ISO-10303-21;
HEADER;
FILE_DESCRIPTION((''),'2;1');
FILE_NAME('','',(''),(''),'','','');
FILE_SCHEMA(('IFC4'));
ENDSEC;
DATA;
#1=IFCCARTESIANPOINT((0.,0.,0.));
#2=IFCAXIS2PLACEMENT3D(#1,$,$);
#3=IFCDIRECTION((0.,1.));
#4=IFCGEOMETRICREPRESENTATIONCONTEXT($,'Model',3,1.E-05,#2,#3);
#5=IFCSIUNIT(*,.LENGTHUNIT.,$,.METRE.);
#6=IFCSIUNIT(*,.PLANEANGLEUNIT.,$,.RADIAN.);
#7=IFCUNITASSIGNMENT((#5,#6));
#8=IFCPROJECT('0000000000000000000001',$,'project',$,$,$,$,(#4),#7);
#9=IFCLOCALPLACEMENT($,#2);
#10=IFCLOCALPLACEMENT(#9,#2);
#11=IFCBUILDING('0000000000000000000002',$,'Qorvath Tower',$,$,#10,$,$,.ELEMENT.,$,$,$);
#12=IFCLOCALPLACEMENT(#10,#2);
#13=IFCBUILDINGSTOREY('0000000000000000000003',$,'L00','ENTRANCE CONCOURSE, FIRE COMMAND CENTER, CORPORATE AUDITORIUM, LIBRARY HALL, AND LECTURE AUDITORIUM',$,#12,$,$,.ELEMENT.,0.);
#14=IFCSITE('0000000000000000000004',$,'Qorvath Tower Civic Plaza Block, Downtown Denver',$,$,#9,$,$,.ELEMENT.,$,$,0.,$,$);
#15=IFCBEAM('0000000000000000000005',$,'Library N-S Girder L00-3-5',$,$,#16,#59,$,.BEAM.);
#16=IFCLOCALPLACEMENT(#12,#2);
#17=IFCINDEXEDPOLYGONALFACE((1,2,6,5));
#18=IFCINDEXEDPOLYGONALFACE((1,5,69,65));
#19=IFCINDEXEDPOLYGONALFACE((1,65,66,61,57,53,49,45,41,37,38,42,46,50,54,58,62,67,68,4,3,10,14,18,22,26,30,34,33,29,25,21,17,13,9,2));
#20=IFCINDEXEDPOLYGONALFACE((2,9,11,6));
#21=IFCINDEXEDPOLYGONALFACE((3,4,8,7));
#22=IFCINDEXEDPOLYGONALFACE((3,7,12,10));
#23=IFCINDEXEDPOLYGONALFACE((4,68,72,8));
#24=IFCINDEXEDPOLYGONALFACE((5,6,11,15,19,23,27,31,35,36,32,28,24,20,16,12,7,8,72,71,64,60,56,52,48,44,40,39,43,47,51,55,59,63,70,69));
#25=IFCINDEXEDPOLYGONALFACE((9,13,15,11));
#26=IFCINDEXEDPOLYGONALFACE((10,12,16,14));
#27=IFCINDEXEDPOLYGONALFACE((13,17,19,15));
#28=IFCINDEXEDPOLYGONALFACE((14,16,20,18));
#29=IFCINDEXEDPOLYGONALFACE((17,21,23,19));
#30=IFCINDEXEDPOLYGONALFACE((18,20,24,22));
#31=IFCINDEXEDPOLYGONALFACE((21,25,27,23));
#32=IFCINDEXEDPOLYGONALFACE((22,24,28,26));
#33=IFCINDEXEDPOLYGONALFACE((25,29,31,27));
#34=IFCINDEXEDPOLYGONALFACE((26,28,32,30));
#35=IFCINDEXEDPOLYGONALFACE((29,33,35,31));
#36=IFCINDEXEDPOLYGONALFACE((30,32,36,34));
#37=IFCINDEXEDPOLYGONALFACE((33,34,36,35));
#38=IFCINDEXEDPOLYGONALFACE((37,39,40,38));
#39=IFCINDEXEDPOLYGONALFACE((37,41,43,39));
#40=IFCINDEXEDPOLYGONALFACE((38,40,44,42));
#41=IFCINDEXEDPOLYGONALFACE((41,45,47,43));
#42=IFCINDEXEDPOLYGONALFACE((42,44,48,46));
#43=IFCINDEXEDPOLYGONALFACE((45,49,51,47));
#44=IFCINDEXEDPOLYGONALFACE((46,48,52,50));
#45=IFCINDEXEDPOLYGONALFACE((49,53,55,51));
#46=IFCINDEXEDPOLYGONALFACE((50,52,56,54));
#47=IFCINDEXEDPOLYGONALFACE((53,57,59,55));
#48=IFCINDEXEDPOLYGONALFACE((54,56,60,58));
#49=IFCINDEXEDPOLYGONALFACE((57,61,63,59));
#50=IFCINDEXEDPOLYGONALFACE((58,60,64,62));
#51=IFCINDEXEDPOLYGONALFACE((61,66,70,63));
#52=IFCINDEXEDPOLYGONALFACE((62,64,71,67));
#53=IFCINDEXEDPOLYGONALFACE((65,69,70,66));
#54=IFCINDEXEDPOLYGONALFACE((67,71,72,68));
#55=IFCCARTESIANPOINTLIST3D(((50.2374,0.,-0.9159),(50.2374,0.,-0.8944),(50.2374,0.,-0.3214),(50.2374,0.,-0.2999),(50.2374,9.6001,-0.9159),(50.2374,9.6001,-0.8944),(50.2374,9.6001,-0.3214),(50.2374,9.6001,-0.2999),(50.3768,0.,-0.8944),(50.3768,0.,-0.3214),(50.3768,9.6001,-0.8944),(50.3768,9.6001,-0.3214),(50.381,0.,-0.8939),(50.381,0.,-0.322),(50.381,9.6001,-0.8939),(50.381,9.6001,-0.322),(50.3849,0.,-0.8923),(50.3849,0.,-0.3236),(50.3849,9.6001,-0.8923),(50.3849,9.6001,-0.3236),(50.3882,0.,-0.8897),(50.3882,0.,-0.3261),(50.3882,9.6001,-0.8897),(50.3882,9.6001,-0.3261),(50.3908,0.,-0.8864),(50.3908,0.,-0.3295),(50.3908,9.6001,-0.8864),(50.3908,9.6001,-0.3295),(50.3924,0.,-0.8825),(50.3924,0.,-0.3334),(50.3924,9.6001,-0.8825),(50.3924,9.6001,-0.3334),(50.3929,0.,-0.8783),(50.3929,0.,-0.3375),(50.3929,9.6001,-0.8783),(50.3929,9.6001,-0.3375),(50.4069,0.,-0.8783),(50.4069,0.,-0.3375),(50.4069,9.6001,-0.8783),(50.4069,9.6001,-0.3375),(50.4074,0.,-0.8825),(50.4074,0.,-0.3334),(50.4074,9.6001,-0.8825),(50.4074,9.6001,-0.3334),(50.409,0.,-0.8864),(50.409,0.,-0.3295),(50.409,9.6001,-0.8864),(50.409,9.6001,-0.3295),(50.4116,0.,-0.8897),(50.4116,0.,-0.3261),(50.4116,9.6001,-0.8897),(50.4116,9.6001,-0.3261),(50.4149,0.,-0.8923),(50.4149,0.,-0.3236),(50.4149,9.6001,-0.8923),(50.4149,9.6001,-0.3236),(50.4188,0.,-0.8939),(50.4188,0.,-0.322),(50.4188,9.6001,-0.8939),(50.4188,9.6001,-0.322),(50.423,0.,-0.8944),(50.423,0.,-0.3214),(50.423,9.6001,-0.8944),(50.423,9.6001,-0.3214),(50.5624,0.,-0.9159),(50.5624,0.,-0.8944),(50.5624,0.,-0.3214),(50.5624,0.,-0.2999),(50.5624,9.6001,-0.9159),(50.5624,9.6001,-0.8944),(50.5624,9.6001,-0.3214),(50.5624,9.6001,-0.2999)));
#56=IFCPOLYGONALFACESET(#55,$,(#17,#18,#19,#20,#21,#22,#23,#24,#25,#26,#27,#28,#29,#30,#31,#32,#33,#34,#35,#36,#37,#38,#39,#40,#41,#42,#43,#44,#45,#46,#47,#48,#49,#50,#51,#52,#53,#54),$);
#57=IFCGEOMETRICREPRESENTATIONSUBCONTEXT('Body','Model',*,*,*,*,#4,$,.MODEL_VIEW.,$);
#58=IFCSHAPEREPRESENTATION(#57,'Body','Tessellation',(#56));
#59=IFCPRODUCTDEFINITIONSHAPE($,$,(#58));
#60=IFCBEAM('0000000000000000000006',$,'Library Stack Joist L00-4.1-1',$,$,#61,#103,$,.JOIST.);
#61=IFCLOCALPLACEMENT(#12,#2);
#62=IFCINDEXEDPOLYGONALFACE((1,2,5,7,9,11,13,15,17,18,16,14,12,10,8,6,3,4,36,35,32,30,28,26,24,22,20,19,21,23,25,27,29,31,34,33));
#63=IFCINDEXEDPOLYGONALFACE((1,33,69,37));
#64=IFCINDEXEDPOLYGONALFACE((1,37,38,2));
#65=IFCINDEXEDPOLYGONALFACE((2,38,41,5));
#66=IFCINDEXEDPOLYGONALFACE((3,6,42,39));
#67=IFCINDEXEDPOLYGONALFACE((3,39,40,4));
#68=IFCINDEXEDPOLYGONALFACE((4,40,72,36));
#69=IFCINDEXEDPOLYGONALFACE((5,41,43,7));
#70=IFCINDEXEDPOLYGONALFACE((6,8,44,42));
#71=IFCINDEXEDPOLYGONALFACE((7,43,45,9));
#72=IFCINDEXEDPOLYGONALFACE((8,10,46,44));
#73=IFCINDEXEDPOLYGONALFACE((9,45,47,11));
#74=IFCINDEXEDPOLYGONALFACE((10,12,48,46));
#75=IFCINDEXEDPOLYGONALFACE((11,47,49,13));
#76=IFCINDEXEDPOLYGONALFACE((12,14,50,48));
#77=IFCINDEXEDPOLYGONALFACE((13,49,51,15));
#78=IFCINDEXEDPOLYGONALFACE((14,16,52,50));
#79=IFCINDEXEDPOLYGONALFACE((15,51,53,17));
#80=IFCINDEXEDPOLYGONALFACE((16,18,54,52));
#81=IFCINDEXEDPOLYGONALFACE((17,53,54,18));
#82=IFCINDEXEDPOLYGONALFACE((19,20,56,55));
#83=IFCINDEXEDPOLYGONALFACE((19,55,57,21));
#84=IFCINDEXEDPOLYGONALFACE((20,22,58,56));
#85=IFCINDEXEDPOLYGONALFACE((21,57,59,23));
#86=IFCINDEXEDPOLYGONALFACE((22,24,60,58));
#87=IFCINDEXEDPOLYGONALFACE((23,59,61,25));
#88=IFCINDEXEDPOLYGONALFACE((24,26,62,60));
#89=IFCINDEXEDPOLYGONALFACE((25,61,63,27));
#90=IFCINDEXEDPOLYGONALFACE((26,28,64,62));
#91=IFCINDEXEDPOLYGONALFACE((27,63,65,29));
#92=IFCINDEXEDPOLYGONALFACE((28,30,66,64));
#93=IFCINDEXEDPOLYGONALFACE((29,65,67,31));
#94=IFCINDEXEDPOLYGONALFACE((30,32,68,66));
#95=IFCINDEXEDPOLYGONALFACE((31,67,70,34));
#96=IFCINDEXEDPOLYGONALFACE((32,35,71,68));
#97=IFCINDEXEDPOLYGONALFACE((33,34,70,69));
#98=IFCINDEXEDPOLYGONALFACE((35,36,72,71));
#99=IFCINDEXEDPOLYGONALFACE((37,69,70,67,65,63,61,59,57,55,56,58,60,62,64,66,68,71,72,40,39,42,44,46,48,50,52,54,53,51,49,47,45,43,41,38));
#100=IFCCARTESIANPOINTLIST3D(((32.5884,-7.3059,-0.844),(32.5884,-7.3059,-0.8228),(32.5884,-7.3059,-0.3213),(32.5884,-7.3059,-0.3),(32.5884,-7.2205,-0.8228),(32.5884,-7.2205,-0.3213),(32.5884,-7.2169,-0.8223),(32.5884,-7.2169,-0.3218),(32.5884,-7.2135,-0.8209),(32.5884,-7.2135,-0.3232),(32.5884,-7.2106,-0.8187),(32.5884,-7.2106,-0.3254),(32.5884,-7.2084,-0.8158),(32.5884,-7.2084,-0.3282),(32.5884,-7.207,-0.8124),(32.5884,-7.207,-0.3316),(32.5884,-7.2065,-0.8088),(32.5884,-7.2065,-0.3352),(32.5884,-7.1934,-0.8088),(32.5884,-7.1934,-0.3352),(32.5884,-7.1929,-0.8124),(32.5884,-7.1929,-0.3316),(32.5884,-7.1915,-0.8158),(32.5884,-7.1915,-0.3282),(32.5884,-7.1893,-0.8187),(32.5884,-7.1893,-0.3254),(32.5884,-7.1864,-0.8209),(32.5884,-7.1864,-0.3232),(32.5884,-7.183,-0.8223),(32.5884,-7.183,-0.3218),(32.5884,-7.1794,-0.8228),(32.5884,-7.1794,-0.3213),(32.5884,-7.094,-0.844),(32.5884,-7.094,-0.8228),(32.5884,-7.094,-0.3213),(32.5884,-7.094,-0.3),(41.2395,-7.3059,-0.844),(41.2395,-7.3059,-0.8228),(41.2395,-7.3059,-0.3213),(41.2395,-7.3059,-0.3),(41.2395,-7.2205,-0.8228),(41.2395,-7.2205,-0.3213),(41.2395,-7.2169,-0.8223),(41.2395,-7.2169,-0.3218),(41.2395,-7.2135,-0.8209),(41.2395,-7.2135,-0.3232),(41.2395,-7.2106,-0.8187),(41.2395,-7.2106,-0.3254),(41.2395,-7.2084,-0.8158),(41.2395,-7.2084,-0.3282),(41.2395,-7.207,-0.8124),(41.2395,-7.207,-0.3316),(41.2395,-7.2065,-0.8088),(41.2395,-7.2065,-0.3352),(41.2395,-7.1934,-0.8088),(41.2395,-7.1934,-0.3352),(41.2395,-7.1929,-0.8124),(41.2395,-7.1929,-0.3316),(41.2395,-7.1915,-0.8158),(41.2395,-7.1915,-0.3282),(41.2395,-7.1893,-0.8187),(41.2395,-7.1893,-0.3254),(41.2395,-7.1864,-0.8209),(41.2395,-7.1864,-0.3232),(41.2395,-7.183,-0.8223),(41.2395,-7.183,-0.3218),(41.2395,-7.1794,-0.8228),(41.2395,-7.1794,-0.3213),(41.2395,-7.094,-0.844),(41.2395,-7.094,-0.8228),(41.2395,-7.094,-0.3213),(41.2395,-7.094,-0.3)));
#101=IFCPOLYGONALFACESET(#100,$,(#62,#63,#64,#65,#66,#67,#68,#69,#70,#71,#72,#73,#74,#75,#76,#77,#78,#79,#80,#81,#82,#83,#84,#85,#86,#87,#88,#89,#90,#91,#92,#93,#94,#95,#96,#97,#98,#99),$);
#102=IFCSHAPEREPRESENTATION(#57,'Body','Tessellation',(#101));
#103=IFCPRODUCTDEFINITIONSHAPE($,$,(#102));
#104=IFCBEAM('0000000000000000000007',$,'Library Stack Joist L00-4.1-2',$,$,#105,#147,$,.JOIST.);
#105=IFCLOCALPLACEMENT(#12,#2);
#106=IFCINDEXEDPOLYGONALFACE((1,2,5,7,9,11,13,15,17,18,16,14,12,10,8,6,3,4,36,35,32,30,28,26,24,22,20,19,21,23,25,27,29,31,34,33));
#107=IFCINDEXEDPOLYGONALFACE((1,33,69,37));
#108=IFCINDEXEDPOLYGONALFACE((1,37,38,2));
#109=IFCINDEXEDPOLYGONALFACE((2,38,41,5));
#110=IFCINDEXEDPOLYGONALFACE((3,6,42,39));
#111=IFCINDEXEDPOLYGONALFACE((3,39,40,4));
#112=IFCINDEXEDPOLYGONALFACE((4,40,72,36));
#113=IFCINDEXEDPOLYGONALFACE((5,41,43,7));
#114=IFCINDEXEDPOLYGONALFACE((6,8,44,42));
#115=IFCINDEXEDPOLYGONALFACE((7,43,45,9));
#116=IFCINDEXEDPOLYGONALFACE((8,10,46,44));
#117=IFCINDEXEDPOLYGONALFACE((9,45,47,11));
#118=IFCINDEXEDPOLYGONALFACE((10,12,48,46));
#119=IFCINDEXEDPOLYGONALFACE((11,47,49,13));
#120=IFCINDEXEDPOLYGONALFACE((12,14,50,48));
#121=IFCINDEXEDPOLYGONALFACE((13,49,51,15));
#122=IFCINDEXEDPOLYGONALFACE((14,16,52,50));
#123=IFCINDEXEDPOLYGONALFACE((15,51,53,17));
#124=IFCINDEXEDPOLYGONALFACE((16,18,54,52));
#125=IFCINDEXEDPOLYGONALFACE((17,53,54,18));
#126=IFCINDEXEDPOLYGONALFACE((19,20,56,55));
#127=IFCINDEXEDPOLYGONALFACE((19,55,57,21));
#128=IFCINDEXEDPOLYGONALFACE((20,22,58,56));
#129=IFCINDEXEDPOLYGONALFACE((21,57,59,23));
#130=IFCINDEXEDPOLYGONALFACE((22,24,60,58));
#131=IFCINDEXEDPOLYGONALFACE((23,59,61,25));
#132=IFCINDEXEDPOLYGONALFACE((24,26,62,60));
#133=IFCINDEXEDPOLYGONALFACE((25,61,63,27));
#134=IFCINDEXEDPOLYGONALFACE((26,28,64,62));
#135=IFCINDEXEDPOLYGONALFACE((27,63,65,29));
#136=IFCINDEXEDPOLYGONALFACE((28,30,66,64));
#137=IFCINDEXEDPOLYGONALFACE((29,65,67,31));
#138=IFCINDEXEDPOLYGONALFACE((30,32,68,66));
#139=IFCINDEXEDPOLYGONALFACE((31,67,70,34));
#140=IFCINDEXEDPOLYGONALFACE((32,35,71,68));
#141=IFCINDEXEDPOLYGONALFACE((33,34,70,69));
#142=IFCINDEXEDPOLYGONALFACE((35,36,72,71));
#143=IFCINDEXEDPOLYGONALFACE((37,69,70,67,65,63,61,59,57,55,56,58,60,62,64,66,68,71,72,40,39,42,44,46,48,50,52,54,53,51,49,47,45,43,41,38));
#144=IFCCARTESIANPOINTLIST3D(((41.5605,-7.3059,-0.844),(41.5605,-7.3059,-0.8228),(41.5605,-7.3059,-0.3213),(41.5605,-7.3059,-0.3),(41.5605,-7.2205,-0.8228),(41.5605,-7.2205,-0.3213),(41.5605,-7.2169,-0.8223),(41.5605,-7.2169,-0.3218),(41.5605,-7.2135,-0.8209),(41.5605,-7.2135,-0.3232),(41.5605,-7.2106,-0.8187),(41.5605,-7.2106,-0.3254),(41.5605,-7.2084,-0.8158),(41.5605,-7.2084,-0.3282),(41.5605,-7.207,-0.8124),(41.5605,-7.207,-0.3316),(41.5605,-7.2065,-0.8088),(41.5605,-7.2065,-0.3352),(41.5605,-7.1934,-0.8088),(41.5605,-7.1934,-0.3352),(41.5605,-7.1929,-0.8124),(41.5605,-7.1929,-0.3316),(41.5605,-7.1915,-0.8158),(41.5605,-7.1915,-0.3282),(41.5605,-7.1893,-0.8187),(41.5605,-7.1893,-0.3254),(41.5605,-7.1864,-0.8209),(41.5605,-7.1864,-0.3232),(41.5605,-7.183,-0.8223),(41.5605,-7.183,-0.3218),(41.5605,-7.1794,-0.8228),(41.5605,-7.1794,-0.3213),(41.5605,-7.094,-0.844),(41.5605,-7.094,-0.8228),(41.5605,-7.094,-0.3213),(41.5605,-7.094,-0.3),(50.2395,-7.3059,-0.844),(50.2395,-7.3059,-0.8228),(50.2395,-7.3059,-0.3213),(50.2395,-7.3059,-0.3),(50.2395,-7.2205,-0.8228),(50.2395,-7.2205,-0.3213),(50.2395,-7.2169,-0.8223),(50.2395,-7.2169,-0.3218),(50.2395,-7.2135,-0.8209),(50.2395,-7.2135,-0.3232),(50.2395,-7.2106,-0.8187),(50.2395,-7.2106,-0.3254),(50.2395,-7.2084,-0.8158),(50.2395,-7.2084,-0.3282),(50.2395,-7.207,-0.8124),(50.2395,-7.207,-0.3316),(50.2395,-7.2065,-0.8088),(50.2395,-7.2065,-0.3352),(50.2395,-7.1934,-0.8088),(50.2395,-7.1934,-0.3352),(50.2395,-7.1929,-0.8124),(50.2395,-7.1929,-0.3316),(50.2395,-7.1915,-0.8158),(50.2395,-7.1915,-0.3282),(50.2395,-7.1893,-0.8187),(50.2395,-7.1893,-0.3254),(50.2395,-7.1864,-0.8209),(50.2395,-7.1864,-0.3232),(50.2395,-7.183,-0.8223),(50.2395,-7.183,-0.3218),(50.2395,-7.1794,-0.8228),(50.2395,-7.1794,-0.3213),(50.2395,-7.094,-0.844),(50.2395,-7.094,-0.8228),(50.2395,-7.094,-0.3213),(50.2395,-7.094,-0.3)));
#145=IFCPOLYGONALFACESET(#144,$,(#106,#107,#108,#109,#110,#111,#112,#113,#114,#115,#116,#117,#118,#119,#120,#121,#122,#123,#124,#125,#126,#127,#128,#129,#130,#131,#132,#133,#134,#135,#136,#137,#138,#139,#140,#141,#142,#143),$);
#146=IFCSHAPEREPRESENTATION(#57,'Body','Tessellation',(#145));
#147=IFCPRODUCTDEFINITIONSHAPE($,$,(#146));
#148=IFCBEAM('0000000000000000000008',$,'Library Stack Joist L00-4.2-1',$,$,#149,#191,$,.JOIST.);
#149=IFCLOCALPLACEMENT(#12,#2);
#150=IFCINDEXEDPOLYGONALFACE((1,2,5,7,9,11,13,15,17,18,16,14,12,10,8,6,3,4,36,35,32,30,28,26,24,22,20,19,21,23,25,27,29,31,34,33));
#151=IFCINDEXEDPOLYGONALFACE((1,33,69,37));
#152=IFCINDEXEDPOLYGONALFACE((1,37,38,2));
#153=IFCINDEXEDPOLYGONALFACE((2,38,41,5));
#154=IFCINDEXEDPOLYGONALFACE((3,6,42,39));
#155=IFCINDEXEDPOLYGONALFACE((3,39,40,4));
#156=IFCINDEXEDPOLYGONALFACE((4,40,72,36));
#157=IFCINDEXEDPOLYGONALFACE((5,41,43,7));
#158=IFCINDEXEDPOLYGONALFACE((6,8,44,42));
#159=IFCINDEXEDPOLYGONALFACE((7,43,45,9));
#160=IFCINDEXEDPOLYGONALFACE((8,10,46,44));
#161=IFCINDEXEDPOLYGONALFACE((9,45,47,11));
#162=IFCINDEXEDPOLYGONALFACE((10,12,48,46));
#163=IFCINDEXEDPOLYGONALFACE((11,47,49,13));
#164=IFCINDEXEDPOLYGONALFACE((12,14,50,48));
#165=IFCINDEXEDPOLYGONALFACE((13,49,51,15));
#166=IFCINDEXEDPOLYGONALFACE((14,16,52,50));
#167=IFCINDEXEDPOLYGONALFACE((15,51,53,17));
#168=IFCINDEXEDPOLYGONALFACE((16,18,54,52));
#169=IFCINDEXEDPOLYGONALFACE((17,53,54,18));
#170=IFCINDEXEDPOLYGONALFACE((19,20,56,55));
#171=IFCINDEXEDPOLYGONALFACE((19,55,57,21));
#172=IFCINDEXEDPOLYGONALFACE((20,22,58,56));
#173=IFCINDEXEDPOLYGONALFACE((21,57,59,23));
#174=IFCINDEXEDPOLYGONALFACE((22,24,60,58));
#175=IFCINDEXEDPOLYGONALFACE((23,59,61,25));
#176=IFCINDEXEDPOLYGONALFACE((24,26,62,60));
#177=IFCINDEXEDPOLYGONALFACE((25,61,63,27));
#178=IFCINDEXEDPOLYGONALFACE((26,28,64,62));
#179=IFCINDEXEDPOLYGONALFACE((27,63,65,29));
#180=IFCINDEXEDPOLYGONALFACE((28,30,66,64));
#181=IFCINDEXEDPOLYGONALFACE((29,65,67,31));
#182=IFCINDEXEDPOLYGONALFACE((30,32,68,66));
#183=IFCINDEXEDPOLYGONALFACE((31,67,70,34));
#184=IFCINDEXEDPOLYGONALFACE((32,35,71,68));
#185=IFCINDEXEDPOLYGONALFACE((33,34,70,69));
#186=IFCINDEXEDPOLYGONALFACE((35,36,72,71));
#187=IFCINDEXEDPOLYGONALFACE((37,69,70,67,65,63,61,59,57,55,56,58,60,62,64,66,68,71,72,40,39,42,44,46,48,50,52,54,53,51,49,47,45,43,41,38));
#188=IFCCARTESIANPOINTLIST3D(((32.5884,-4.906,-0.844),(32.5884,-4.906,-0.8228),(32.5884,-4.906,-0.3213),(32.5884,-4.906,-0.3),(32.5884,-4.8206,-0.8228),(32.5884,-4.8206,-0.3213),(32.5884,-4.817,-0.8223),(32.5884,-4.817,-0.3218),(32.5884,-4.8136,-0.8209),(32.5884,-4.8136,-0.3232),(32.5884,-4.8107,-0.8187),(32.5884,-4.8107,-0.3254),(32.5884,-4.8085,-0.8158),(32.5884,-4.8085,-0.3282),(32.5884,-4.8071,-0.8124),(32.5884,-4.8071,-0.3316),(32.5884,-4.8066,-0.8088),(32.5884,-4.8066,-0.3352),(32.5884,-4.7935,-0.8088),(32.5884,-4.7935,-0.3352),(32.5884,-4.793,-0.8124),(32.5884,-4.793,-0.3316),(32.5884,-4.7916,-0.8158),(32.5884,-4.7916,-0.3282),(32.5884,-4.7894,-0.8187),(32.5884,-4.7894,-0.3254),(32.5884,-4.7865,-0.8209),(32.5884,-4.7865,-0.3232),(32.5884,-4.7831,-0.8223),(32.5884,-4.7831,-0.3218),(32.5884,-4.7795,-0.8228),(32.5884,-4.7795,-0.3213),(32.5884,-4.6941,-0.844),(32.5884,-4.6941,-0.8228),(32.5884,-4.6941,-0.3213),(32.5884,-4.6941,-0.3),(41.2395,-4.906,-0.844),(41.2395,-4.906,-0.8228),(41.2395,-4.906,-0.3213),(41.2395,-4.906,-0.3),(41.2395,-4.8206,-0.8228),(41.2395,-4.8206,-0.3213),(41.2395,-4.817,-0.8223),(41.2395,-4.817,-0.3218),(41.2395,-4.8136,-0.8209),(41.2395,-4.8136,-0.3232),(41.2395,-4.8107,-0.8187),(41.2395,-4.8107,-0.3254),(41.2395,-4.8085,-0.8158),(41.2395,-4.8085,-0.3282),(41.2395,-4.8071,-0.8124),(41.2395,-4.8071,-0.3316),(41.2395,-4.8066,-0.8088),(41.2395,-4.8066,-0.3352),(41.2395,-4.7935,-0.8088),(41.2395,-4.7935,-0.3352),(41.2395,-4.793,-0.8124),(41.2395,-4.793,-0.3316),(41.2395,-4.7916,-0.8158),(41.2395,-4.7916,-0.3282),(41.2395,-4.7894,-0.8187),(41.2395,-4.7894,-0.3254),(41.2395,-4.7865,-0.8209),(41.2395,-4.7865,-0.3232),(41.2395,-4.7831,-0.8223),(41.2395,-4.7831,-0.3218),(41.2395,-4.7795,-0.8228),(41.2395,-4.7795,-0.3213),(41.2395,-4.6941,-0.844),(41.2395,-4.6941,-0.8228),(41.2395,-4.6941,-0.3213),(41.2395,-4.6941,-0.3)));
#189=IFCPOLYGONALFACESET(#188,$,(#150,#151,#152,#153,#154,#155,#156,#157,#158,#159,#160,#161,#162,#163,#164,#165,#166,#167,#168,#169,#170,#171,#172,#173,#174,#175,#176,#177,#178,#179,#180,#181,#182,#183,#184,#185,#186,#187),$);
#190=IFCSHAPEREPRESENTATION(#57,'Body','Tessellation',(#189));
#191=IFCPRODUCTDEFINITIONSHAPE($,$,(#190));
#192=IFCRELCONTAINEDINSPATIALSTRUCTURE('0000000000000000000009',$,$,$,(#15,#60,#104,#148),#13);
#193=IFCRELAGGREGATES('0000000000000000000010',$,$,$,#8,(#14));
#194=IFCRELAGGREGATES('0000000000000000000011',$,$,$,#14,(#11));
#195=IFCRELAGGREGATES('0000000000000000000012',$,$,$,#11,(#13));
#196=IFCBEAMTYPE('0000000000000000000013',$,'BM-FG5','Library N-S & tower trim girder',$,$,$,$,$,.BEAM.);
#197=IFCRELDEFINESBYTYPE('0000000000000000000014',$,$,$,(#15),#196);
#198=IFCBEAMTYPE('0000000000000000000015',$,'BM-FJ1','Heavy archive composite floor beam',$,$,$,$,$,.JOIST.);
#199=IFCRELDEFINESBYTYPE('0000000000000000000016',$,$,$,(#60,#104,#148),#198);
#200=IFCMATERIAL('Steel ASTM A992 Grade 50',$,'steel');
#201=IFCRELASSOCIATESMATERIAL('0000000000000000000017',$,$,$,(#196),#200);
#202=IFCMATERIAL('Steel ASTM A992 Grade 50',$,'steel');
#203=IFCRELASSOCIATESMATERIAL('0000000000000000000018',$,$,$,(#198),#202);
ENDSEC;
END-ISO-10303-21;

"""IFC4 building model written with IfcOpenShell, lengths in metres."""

from ifc_helpers import new_model, si_unit, direction, frame, origin, origin_2d, place, context, subcontext, project, spatial, i_section, extrude, material, material_profile, profile_set, type_object, element, save


model = new_model("IFC4")

# Units and contexts
model_context = context("Model", 3, precision=1e-05, world=origin(), true_north=direction((0.0, 1.0)))
body_context = subcontext(model_context, "Body", "Model", "MODEL_VIEW")
ifc_project = project(units=[si_unit("LENGTHUNIT", "METRE"), si_unit("PLANEANGLEUNIT", "RADIAN")], contexts=[model_context])

# Site, building, storey
site_placement = place(None, origin())
site = spatial("IfcSite", under=ifc_project, at=site_placement, Name="Qorvath Tower Civic Plaza Block, Downtown Denver", CompositionType="ELEMENT", RefElevation=0.0)
building_placement = place(site_placement, origin())
building = spatial("IfcBuilding", under=site, at=building_placement, Name="Qorvath Tower", CompositionType="ELEMENT")
storey_placement = place(building_placement, origin())
storey = spatial("IfcBuildingStorey", under=building, at=storey_placement, Name="L00", Description="ENTRANCE CONCOURSE, FIRE COMMAND CENTER, CORPORATE AUDITORIUM, LIBRARY HALL, AND LECTURE AUDITORIUM", CompositionType="ELEMENT", Elevation=0.0)

# Beams
ifc_material_1 = material(Name="Steel ASTM A992 Grade 50", Category="steel")
ifc_material_profile_1 = material_profile(ifc_material_1, i_section(OverallWidth=0.325, OverallDepth=0.616, WebThickness=0.0139, FlangeThickness=0.0215, FilletRadius=0.0161, at=origin_2d()), Name="W24x117")
ifc_profile_set_1 = profile_set([ifc_material_profile_1], Name="Steel ASTM A992 Grade 50")
beam_type_1 = type_object("IfcBeamType", Name="BM-FG5", Description="Library N-S & tower trim girder", PredefinedType="BEAM", material=ifc_profile_set_1)
for number, where, z_axis, x_axis, name in (
    (1, (50.3999, 0.0, -0.6079), (0.0, 1.0, 0.0), (-1.0, 0.0, 0.0), "Library N-S Girder L00-3-5"),
):
    element("IfcBeam", number, at=place(storey_placement, frame(where, z_axis=z_axis, x_axis=x_axis)), inside=storey, type_object=beam_type_1, Name=name, PredefinedType="BEAM", context=body_context, shape_type="SweptSolid", body=[
        extrude(i_section(OverallWidth=0.325, OverallDepth=0.616, WebThickness=0.0139, FlangeThickness=0.0215, FilletRadius=0.0161, at=origin_2d()), origin(), (0.0, 0.0, 1.0), 9.6001),
    ])
ifc_material_2 = material(Name="Steel ASTM A992 Grade 50", Category="steel")
ifc_material_profile_2 = material_profile(ifc_material_2, i_section(OverallWidth=0.2119, OverallDepth=0.5439, WebThickness=0.0132, FlangeThickness=0.0212, FilletRadius=0.0139, at=origin_2d()), Name="W21x83")
ifc_profile_set_2 = profile_set([ifc_material_profile_2], Name="Steel ASTM A992 Grade 50")
beam_type_2 = type_object("IfcBeamType", Name="BM-FJ1", Description="Heavy archive composite floor beam", PredefinedType="JOIST", material=ifc_profile_set_2)
beam_1_placement = place(storey_placement, frame((32.5884, -7.2, -0.572), z_axis=(1.0, 0.0, 0.0), x_axis=(0.0, 1.0, 0.0)))
element("IfcBeam", 2, at=beam_1_placement, inside=storey, type_object=beam_type_2, Name="Library Stack Joist L00-4.1-1", PredefinedType="JOIST", context=body_context, shape_type="SweptSolid", body=[
    extrude(i_section(OverallWidth=0.2119, OverallDepth=0.5439, WebThickness=0.0132, FlangeThickness=0.0212, FilletRadius=0.0139, at=origin_2d()), origin(), (0.0, 0.0, 1.0), 8.6511),
])
beam_2_placement = place(storey_placement, frame((41.5605, -7.2, -0.572), z_axis=(1.0, 0.0, 0.0), x_axis=(0.0, 1.0, 0.0)))
element("IfcBeam", 3, at=beam_2_placement, inside=storey, type_object=beam_type_2, Name="Library Stack Joist L00-4.1-2", PredefinedType="JOIST", context=body_context, shape_type="SweptSolid", body=[
    extrude(i_section(OverallWidth=0.2119, OverallDepth=0.5439, WebThickness=0.0132, FlangeThickness=0.0212, FilletRadius=0.0139, at=origin_2d()), origin(), (0.0, 0.0, 1.0), 8.679),
])
beam_3_placement = place(storey_placement, frame((32.5884, -4.8, -0.572), z_axis=(1.0, 0.0, 0.0), x_axis=(0.0, 1.0, 0.0)))
element("IfcBeam", 4, at=beam_3_placement, inside=storey, type_object=beam_type_2, Name="Library Stack Joist L00-4.2-1", PredefinedType="JOIST", context=body_context, shape_type="SweptSolid", body=[
    extrude(i_section(OverallWidth=0.2119, OverallDepth=0.5439, WebThickness=0.0132, FlangeThickness=0.0212, FilletRadius=0.0139, at=origin_2d()), origin(), (0.0, 0.0, 1.0), 8.6511),
])

save(model, "model.ifc")
